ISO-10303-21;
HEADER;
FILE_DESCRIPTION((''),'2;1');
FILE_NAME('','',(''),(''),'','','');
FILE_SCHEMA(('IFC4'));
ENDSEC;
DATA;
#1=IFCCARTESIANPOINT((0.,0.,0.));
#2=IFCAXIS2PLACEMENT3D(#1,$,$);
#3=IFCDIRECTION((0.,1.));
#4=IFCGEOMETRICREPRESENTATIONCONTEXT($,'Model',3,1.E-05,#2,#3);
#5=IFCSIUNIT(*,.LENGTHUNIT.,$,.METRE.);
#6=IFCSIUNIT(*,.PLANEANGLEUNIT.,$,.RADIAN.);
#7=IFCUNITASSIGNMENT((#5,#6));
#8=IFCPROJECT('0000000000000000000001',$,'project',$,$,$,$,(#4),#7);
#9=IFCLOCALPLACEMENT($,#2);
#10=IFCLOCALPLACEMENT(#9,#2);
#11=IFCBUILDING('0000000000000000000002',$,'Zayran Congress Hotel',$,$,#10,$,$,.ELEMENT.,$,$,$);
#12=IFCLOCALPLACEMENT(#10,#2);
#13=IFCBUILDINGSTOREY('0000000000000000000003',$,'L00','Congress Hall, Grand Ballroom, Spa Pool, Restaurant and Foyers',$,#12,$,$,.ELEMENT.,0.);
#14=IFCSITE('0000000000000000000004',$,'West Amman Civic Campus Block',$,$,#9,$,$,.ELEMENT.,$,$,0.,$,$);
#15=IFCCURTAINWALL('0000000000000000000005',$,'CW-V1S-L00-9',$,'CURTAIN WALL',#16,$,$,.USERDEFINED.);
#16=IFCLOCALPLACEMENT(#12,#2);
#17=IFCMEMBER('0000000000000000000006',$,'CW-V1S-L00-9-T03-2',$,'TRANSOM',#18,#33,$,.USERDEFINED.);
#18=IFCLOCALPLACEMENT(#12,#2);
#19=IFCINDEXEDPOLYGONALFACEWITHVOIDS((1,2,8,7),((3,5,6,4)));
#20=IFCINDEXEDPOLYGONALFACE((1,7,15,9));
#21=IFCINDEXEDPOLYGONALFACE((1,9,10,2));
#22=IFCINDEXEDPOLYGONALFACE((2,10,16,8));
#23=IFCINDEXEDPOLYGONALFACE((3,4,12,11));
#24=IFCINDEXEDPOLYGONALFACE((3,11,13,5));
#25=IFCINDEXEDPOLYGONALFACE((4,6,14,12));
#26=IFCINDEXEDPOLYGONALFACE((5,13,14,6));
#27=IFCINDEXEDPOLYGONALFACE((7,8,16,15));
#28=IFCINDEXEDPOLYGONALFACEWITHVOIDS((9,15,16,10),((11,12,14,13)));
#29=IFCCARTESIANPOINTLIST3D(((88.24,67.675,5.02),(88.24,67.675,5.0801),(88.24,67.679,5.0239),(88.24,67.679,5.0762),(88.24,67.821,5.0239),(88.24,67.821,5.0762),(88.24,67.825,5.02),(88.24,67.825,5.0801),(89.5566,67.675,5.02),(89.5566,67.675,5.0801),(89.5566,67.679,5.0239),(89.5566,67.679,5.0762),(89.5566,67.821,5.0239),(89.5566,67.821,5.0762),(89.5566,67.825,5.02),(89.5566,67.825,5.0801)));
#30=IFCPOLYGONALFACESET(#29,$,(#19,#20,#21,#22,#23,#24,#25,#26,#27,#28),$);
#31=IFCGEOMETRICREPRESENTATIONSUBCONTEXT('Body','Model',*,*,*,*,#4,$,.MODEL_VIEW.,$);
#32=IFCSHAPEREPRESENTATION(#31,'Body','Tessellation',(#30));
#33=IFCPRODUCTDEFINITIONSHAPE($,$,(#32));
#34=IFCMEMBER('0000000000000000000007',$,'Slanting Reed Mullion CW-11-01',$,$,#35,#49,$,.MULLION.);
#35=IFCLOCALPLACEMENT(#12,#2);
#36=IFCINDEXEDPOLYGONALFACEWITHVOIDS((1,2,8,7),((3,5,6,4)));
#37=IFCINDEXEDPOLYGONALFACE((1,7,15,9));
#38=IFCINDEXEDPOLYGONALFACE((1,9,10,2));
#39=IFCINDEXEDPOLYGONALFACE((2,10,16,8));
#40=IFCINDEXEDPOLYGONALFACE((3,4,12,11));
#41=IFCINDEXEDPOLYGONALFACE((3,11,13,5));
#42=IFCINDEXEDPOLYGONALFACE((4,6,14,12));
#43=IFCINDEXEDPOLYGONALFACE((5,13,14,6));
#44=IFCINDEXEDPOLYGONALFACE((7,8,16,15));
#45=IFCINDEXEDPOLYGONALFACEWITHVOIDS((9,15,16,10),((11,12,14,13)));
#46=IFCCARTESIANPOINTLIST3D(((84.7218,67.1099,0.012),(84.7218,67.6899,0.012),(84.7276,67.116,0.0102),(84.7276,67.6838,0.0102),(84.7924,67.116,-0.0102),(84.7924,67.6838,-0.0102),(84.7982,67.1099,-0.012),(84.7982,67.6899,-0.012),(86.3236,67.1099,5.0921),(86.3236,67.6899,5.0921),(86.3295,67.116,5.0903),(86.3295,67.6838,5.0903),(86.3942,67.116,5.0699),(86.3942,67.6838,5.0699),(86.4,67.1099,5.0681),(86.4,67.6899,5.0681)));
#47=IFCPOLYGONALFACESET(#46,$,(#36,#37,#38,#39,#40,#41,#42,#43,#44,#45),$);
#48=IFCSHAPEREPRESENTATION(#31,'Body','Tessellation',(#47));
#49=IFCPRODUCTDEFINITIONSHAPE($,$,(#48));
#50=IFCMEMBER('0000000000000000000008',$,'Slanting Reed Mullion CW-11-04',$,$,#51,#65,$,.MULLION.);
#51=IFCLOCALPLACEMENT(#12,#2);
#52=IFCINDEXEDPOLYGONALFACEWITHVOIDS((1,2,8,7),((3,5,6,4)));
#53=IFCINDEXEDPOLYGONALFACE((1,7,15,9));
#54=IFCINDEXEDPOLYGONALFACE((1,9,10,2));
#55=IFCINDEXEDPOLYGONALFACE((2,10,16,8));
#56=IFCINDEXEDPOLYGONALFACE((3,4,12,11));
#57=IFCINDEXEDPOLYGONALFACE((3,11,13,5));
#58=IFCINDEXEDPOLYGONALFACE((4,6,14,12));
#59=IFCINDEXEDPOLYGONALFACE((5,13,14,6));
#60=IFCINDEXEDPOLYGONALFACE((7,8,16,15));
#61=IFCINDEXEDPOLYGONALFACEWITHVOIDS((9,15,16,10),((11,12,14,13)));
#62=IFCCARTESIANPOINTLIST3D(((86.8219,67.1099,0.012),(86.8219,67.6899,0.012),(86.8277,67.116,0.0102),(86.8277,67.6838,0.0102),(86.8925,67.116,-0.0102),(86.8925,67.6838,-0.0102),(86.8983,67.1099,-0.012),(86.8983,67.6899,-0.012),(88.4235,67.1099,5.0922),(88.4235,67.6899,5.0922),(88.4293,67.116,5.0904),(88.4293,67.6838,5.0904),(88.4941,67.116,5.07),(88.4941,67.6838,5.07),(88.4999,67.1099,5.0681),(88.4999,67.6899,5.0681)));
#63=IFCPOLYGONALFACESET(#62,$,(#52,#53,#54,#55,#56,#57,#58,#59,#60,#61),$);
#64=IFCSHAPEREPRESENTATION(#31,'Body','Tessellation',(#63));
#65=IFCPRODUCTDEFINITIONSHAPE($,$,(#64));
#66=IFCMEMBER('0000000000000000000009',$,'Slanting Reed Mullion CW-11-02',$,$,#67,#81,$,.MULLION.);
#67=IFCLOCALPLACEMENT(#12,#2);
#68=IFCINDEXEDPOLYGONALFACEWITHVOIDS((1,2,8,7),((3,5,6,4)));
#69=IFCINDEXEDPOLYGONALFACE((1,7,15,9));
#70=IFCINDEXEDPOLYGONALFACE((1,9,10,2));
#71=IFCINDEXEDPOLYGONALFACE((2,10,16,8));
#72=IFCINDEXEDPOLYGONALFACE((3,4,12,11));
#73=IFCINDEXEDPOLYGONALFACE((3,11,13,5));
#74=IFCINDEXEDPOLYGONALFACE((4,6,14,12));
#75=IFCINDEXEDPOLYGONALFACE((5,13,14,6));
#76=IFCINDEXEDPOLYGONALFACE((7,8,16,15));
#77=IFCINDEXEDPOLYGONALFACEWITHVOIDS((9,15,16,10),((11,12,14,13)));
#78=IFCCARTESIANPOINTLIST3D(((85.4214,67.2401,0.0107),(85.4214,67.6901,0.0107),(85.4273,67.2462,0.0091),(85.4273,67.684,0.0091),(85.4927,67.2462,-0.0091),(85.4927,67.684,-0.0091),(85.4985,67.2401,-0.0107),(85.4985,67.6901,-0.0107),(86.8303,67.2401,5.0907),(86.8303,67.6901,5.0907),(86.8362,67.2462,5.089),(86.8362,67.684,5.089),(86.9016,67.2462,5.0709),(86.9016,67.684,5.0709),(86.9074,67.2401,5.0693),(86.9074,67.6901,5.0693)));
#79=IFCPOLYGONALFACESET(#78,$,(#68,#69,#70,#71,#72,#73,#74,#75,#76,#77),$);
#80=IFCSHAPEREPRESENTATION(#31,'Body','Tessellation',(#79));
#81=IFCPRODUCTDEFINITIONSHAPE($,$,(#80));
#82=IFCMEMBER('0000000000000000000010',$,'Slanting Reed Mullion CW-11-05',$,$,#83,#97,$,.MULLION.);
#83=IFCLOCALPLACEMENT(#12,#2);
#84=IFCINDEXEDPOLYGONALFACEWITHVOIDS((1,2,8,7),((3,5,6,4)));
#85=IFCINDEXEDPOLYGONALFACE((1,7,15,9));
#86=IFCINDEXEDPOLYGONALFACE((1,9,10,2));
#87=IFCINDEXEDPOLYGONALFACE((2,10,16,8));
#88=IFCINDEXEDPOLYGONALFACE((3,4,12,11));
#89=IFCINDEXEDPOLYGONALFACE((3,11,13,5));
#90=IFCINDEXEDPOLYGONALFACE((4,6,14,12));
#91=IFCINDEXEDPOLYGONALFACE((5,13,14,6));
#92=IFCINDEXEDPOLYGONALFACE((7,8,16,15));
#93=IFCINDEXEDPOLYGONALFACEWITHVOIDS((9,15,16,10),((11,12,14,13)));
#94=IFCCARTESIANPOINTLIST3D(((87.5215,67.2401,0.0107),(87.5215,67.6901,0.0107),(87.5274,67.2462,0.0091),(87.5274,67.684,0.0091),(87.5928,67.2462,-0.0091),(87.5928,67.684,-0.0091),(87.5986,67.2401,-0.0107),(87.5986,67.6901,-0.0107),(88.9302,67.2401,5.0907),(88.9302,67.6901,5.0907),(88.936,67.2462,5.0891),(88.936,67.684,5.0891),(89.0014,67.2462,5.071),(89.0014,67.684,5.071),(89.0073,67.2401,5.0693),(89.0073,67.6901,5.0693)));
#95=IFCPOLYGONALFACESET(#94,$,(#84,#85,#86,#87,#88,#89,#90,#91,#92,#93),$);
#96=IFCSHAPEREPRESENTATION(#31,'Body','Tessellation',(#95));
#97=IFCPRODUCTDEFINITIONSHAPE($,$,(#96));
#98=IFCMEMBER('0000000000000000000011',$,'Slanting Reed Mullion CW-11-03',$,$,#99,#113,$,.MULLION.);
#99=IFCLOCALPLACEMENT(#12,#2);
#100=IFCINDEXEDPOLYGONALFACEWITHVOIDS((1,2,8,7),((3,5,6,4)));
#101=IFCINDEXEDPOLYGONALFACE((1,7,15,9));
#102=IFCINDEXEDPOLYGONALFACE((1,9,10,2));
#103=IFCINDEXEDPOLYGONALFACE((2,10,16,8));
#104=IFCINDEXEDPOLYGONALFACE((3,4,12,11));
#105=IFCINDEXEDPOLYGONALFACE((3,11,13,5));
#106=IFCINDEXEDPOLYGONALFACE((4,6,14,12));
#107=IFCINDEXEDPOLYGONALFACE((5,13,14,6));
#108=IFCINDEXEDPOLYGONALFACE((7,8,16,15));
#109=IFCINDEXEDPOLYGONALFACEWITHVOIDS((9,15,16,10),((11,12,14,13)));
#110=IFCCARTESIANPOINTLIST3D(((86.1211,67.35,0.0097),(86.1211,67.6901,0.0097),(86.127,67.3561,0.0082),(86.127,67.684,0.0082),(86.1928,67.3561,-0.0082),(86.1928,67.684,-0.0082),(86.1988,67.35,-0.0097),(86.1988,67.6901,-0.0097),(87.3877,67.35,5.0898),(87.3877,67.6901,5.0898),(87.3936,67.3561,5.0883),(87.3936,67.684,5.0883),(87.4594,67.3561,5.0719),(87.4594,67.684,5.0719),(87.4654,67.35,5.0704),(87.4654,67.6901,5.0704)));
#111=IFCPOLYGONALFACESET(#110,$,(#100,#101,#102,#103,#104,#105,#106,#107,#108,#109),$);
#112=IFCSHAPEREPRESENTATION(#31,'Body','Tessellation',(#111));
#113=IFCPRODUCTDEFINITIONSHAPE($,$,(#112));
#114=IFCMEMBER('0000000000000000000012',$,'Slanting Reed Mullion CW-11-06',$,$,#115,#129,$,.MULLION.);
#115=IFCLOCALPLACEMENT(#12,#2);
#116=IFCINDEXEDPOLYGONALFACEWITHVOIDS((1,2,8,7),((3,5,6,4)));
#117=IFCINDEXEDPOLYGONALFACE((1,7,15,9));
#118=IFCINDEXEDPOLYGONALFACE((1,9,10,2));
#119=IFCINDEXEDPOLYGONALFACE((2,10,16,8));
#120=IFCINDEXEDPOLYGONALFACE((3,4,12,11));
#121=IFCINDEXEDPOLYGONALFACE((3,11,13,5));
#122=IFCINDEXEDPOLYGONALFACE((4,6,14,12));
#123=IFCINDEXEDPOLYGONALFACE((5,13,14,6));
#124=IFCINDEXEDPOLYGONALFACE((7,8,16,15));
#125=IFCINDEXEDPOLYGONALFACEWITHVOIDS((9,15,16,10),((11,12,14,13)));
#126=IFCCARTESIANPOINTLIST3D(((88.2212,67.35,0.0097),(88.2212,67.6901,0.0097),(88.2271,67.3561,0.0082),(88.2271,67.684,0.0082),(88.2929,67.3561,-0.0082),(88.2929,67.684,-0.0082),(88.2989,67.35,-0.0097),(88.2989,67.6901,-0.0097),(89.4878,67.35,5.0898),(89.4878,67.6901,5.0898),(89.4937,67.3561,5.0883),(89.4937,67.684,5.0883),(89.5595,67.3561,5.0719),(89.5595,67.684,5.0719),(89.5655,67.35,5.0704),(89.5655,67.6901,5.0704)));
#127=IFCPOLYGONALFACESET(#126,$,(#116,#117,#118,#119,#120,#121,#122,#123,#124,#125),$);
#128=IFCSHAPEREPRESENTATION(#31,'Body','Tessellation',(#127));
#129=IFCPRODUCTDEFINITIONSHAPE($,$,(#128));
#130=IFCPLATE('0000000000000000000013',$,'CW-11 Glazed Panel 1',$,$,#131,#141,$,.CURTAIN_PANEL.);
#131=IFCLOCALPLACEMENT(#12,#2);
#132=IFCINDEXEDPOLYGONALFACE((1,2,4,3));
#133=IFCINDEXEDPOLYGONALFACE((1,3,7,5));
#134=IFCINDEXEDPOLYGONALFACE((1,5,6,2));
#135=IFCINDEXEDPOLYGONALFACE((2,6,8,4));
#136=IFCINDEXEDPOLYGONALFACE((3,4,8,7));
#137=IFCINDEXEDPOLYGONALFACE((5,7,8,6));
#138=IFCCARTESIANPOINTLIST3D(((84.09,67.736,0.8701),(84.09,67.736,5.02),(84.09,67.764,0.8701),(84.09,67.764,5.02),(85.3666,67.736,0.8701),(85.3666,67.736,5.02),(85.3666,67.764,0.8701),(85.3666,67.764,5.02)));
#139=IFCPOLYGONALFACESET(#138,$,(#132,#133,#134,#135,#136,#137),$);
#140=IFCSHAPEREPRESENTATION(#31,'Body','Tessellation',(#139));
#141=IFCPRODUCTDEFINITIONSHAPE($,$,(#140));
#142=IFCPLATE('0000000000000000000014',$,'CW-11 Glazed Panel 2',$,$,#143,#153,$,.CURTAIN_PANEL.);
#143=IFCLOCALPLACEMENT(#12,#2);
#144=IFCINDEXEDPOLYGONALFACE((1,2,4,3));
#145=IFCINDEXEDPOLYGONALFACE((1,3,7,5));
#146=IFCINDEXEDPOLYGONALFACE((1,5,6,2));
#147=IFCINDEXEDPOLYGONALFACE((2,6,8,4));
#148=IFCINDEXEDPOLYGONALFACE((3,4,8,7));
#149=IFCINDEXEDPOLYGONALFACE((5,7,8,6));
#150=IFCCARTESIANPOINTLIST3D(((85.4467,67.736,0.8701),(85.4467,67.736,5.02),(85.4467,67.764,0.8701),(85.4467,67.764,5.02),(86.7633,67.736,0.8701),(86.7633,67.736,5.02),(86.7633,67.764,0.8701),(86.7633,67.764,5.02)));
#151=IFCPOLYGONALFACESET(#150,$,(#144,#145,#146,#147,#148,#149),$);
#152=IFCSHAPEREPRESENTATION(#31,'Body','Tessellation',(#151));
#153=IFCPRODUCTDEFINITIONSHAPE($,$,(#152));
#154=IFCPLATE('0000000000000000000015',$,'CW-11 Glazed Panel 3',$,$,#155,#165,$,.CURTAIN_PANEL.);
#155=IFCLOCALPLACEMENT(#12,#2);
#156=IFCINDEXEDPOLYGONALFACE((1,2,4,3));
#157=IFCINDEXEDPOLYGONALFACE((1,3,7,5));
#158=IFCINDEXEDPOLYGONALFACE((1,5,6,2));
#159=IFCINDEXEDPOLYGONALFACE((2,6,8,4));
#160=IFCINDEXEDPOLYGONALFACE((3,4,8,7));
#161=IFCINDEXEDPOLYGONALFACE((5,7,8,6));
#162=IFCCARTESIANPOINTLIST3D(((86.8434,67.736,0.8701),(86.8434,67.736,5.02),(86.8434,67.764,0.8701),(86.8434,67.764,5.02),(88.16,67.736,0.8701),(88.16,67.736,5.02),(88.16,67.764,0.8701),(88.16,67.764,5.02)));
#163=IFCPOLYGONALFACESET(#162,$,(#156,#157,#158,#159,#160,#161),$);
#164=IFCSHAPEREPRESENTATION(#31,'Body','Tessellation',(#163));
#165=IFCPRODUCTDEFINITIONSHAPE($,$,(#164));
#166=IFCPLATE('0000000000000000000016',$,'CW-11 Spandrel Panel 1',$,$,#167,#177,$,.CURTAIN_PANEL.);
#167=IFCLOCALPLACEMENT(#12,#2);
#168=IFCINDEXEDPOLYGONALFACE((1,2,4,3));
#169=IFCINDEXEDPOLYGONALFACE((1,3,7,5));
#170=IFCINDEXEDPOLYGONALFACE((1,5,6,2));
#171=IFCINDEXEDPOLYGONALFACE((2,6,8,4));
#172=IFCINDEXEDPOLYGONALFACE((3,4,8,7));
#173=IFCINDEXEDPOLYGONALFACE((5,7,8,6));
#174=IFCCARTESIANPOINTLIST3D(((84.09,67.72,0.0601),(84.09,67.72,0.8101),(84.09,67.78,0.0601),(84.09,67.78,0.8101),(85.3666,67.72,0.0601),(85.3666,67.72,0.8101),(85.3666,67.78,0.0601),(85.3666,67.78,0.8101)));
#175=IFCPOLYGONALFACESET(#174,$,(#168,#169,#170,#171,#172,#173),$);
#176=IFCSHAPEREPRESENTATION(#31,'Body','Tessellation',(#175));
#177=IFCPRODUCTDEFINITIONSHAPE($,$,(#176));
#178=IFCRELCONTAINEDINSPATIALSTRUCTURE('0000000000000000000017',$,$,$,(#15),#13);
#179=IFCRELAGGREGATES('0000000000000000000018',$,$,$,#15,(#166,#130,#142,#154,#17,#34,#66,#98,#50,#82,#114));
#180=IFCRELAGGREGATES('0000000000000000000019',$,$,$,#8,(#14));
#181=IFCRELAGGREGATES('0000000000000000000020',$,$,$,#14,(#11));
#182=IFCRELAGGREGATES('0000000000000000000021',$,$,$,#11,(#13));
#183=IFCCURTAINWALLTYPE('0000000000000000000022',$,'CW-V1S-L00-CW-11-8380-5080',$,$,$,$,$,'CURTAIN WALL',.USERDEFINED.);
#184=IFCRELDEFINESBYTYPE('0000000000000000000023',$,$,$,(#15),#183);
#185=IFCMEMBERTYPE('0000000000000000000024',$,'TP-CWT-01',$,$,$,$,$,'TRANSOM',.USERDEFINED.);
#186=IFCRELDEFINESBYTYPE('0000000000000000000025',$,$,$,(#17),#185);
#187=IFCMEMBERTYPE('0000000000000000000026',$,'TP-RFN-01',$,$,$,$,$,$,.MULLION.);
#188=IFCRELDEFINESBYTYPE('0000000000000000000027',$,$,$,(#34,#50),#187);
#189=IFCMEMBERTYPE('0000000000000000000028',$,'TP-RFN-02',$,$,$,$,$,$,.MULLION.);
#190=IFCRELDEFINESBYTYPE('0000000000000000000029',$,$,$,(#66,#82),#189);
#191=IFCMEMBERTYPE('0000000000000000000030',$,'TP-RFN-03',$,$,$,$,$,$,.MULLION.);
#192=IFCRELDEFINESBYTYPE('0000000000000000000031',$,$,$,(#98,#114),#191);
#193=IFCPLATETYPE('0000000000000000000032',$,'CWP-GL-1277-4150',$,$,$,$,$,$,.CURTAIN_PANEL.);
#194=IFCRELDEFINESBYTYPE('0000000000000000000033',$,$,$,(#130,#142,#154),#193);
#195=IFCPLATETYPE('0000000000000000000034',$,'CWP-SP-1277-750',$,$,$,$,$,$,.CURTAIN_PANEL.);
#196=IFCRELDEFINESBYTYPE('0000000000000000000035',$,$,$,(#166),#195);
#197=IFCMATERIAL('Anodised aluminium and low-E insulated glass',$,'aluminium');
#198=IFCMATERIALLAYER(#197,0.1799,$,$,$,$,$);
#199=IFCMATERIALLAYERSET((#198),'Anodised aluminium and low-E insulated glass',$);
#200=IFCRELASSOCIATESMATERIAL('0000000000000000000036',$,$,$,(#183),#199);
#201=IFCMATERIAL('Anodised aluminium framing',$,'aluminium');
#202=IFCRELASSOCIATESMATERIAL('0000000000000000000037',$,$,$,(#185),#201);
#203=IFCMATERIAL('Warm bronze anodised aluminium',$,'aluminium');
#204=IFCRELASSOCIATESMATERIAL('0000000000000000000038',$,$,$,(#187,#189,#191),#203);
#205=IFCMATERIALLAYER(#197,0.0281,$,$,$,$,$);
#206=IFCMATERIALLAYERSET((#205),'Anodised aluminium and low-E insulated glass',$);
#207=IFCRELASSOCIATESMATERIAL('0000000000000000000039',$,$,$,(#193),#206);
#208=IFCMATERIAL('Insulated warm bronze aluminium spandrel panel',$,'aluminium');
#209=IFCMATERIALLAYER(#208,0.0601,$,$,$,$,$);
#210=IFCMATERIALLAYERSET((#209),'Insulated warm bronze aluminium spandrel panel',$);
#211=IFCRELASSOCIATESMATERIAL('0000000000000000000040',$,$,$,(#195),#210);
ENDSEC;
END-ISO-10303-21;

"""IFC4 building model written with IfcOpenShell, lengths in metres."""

from ifc_helpers import new_model, si_unit, direction, frame, origin, origin_2d, place, context, subcontext, project, spatial, rectangle, hollow_rectangle, extrude, material, layer, layer_set, material_profile, profile_set, type_object, element, aggregate, save


model = new_model("IFC4")

# Units and contexts
model_context = context("Model", 3, precision=1e-05, world=origin(), true_north=direction((0.0, 1.0)))
body_context = subcontext(model_context, "Body", "Model", "MODEL_VIEW")
ifc_project = project(units=[si_unit("LENGTHUNIT", "METRE"), si_unit("PLANEANGLEUNIT", "RADIAN")], contexts=[model_context])

# Site, building, storey
site_placement = place(None, origin())
site = spatial("IfcSite", under=ifc_project, at=site_placement, Name="West Amman Civic Campus Block", CompositionType="ELEMENT", RefElevation=0.0)
building_placement = place(site_placement, origin())
building = spatial("IfcBuilding", under=site, at=building_placement, Name="Zayran Congress Hotel", CompositionType="ELEMENT")
storey_placement = place(building_placement, origin())
storey = spatial("IfcBuildingStorey", under=building, at=storey_placement, Name="L00", Description="Congress Hall, Grand Ballroom, Spa Pool, Restaurant and Foyers", CompositionType="ELEMENT", Elevation=0.0)

# Curtain wall, members, plates
ifc_material_1 = material(Name="Anodised aluminium and low-E insulated glass", Category="aluminium")
ifc_layer_1 = layer(ifc_material_1, 0.1799)
ifc_layer_set_1 = layer_set([ifc_layer_1], Name="Anodised aluminium and low-E insulated glass")
curtain_wall_type = type_object("IfcCurtainWallType", Name="CW-V1S-L00-CW-11-8380-5080", ElementType="CURTAIN WALL", PredefinedType="USERDEFINED", material=ifc_layer_set_1)
curtain_wall_placement = place(storey_placement, origin())
curtain_wall = element("IfcCurtainWall", 1, at=curtain_wall_placement, inside=storey, type_object=curtain_wall_type, Name="CW-V1S-L00-9", ObjectType="CURTAIN WALL", PredefinedType="USERDEFINED")
ifc_material_2 = material(Name="Anodised aluminium framing", Category="aluminium")
ifc_material_profile_1 = material_profile(ifc_material_2, hollow_rectangle(XDim=0.0601, YDim=0.1499, WallThickness=0.0039, at=origin_2d()), Name="RHS 150x60x4")
ifc_profile_set_1 = profile_set([ifc_material_profile_1], Name="Anodised aluminium framing")
member_type_1 = type_object("IfcMemberType", Name="TP-CWT-01", ElementType="TRANSOM", PredefinedType="USERDEFINED", material=ifc_profile_set_1)
member_1_placement = place(storey_placement, frame((88.24, 67.75, 5.05), z_axis=(1.0, 0.0, 0.0), x_axis=(0.0, 0.0, 1.0)))
member_1 = element("IfcMember", 2, at=member_1_placement, type_object=member_type_1, Name="CW-V1S-L00-9-T03-2", ObjectType="TRANSOM", PredefinedType="USERDEFINED", context=body_context, shape_type="SweptSolid", body=[
    extrude(hollow_rectangle(XDim=0.0601, YDim=0.1499, WallThickness=0.0039, at=origin_2d()), origin(), (0.0, 0.0, 1.0), 1.3167),
])
ifc_material_3 = material(Name="Warm bronze anodised aluminium", Category="aluminium")
ifc_material_profile_2 = material_profile(ifc_material_3, hollow_rectangle(XDim=0.0801, YDim=0.5801, WallThickness=0.0061, at=origin_2d()), Name="RHS 580x80x6")
ifc_profile_set_2 = profile_set([ifc_material_profile_2], Name="Warm bronze anodised aluminium")
member_type_2 = type_object("IfcMemberType", Name="TP-RFN-01", PredefinedType="MULLION", material=ifc_profile_set_2)
member_2_placement = place(storey_placement, frame((84.76, 67.3999, 0.0), z_axis=(0.300717, 0.0, 0.953713), x_axis=(-0.953713, 0.0, 0.300717)))
member_2 = element("IfcMember", 3, at=member_2_placement, type_object=member_type_2, Name="Slanting Reed Mullion CW-11-01", PredefinedType="MULLION", context=body_context, shape_type="SweptSolid", body=[
    extrude(hollow_rectangle(XDim=0.0801, YDim=0.5801, WallThickness=0.0061, at=origin_2d()), origin(), (0.0, 0.0, 1.0), 5.3267),
])
member_3_placement = place(storey_placement, frame((86.8601, 67.3999, 0.0), z_axis=(0.300675, 0.0, 0.953727), x_axis=(-0.953727, 0.0, 0.300675)))
member_3 = element("IfcMember", 4, at=member_3_placement, type_object=member_type_2, Name="Slanting Reed Mullion CW-11-04", PredefinedType="MULLION", context=body_context, shape_type="SweptSolid", body=[
    extrude(hollow_rectangle(XDim=0.0801, YDim=0.5801, WallThickness=0.0061, at=origin_2d()), origin(), (0.0, 0.0, 1.0), 5.3267),
])
ifc_material_profile_3 = material_profile(ifc_material_3, hollow_rectangle(XDim=0.0801, YDim=0.45, WallThickness=0.0061, at=origin_2d()), Name="RHS 450x80x6")
ifc_profile_set_3 = profile_set([ifc_material_profile_3], Name="Warm bronze anodised aluminium")
member_type_3 = type_object("IfcMemberType", Name="TP-RFN-02", PredefinedType="MULLION", material=ifc_profile_set_3)
member_4_placement = place(storey_placement, frame((85.46, 67.4651, 0.0), z_axis=(0.267257, 0.0, 0.963625), x_axis=(-0.963625, 0.0, 0.267257)))
member_4 = element("IfcMember", 5, at=member_4_placement, type_object=member_type_3, Name="Slanting Reed Mullion CW-11-02", PredefinedType="MULLION", context=body_context, shape_type="SweptSolid", body=[
    extrude(hollow_rectangle(XDim=0.0801, YDim=0.45, WallThickness=0.0061, at=origin_2d()), origin(), (0.0, 0.0, 1.0), 5.2717),
])
member_5_placement = place(storey_placement, frame((87.5601, 67.4651, 0.0), z_axis=(0.267214, 0.0, 0.963637), x_axis=(-0.963637, 0.0, 0.267214)))
member_5 = element("IfcMember", 6, at=member_5_placement, type_object=member_type_3, Name="Slanting Reed Mullion CW-11-05", PredefinedType="MULLION", context=body_context, shape_type="SweptSolid", body=[
    extrude(hollow_rectangle(XDim=0.0801, YDim=0.45, WallThickness=0.0061, at=origin_2d()), origin(), (0.0, 0.0, 1.0), 5.2717),
])
ifc_material_profile_4 = material_profile(ifc_material_3, hollow_rectangle(XDim=0.0801, YDim=0.3401, WallThickness=0.0061, at=origin_2d()), Name="RHS 340x80x6")
ifc_profile_set_4 = profile_set([ifc_material_profile_4], Name="Warm bronze anodised aluminium")
member_type_4 = type_object("IfcMemberType", Name="TP-RFN-03", PredefinedType="MULLION", material=ifc_profile_set_4)
member_6_placement = place(storey_placement, frame((86.1599, 67.52, 0.0), z_axis=(0.241921, 0.0, 0.970296), x_axis=(-0.970296, 0.0, 0.241921)))
member_6 = element("IfcMember", 7, at=member_6_placement, type_object=member_type_4, Name="Slanting Reed Mullion CW-11-03", PredefinedType="MULLION", context=body_context, shape_type="SweptSolid", body=[
    extrude(hollow_rectangle(XDim=0.0801, YDim=0.3401, WallThickness=0.0061, at=origin_2d()), origin(), (0.0, 0.0, 1.0), 5.2356),
])
member_7_placement = place(storey_placement, frame((88.26, 67.52, 0.0), z_axis=(0.241921, 0.0, 0.970296), x_axis=(-0.970296, 0.0, 0.241921)))
member_7 = element("IfcMember", 8, at=member_7_placement, type_object=member_type_4, Name="Slanting Reed Mullion CW-11-06", PredefinedType="MULLION", context=body_context, shape_type="SweptSolid", body=[
    extrude(hollow_rectangle(XDim=0.0801, YDim=0.3401, WallThickness=0.0061, at=origin_2d()), origin(), (0.0, 0.0, 1.0), 5.2356),
])
ifc_layer_2 = layer(ifc_material_1, 0.0281)
ifc_layer_set_2 = layer_set([ifc_layer_2], Name="Anodised aluminium and low-E insulated glass")
plate_type_1 = type_object("IfcPlateType", Name="CWP-GL-1277-4150", PredefinedType="CURTAIN_PANEL", material=ifc_layer_set_2)
plate_1_placement = place(storey_placement, frame((84.7283, 67.75, 0.8701), z_axis=(0.0, 0.0, 1.0), x_axis=(1.0, 0.0, 0.0)))
plate_1 = element("IfcPlate", 9, at=plate_1_placement, type_object=plate_type_1, Name="CW-11 Glazed Panel 1", PredefinedType="CURTAIN_PANEL", context=body_context, shape_type="SweptSolid", body=[
    extrude(rectangle(XDim=1.2766, YDim=0.0281, at=origin_2d()), origin(), (0.0, 0.0, 1.0), 4.1499),
])
plate_2_placement = place(storey_placement, frame((86.105, 67.75, 0.8701), z_axis=(0.0, 0.0, 1.0), x_axis=(1.0, 0.0, 0.0)))
plate_2 = element("IfcPlate", 10, at=plate_2_placement, type_object=plate_type_1, Name="CW-11 Glazed Panel 2", PredefinedType="CURTAIN_PANEL", context=body_context, shape_type="SweptSolid", body=[
    extrude(rectangle(XDim=1.3167, YDim=0.0281, at=origin_2d()), origin(), (0.0, 0.0, 1.0), 4.1499),
])
plate_3_placement = place(storey_placement, frame((87.5017, 67.75, 0.8701), z_axis=(0.0, 0.0, 1.0), x_axis=(1.0, 0.0, 0.0)))
plate_3 = element("IfcPlate", 11, at=plate_3_placement, type_object=plate_type_1, Name="CW-11 Glazed Panel 3", PredefinedType="CURTAIN_PANEL", context=body_context, shape_type="SweptSolid", body=[
    extrude(rectangle(XDim=1.3167, YDim=0.0281, at=origin_2d()), origin(), (0.0, 0.0, 1.0), 4.1499),
])
ifc_material_4 = material(Name="Insulated warm bronze aluminium spandrel panel", Category="aluminium")
ifc_layer_3 = layer(ifc_material_4, 0.0601)
ifc_layer_set_3 = layer_set([ifc_layer_3], Name="Insulated warm bronze aluminium spandrel panel")
plate_type_2 = type_object("IfcPlateType", Name="CWP-SP-1277-750", PredefinedType="CURTAIN_PANEL", material=ifc_layer_set_3)
plate_4_placement = place(storey_placement, frame((84.7283, 67.75, 0.0601), z_axis=(0.0, 0.0, 1.0), x_axis=(1.0, 0.0, 0.0)))
plate_4 = element("IfcPlate", 12, at=plate_4_placement, type_object=plate_type_2, Name="CW-11 Spandrel Panel 1", PredefinedType="CURTAIN_PANEL", context=body_context, shape_type="SweptSolid", body=[
    extrude(rectangle(XDim=1.2766, YDim=0.0601, at=origin_2d()), origin(), (0.0, 0.0, 1.0), 0.75),
])
aggregate(curtain_wall, [plate_4, plate_1, plate_2, plate_3, member_1, member_2, member_4, member_6, member_3, member_5, member_7])

save(model, "model.ifc")
